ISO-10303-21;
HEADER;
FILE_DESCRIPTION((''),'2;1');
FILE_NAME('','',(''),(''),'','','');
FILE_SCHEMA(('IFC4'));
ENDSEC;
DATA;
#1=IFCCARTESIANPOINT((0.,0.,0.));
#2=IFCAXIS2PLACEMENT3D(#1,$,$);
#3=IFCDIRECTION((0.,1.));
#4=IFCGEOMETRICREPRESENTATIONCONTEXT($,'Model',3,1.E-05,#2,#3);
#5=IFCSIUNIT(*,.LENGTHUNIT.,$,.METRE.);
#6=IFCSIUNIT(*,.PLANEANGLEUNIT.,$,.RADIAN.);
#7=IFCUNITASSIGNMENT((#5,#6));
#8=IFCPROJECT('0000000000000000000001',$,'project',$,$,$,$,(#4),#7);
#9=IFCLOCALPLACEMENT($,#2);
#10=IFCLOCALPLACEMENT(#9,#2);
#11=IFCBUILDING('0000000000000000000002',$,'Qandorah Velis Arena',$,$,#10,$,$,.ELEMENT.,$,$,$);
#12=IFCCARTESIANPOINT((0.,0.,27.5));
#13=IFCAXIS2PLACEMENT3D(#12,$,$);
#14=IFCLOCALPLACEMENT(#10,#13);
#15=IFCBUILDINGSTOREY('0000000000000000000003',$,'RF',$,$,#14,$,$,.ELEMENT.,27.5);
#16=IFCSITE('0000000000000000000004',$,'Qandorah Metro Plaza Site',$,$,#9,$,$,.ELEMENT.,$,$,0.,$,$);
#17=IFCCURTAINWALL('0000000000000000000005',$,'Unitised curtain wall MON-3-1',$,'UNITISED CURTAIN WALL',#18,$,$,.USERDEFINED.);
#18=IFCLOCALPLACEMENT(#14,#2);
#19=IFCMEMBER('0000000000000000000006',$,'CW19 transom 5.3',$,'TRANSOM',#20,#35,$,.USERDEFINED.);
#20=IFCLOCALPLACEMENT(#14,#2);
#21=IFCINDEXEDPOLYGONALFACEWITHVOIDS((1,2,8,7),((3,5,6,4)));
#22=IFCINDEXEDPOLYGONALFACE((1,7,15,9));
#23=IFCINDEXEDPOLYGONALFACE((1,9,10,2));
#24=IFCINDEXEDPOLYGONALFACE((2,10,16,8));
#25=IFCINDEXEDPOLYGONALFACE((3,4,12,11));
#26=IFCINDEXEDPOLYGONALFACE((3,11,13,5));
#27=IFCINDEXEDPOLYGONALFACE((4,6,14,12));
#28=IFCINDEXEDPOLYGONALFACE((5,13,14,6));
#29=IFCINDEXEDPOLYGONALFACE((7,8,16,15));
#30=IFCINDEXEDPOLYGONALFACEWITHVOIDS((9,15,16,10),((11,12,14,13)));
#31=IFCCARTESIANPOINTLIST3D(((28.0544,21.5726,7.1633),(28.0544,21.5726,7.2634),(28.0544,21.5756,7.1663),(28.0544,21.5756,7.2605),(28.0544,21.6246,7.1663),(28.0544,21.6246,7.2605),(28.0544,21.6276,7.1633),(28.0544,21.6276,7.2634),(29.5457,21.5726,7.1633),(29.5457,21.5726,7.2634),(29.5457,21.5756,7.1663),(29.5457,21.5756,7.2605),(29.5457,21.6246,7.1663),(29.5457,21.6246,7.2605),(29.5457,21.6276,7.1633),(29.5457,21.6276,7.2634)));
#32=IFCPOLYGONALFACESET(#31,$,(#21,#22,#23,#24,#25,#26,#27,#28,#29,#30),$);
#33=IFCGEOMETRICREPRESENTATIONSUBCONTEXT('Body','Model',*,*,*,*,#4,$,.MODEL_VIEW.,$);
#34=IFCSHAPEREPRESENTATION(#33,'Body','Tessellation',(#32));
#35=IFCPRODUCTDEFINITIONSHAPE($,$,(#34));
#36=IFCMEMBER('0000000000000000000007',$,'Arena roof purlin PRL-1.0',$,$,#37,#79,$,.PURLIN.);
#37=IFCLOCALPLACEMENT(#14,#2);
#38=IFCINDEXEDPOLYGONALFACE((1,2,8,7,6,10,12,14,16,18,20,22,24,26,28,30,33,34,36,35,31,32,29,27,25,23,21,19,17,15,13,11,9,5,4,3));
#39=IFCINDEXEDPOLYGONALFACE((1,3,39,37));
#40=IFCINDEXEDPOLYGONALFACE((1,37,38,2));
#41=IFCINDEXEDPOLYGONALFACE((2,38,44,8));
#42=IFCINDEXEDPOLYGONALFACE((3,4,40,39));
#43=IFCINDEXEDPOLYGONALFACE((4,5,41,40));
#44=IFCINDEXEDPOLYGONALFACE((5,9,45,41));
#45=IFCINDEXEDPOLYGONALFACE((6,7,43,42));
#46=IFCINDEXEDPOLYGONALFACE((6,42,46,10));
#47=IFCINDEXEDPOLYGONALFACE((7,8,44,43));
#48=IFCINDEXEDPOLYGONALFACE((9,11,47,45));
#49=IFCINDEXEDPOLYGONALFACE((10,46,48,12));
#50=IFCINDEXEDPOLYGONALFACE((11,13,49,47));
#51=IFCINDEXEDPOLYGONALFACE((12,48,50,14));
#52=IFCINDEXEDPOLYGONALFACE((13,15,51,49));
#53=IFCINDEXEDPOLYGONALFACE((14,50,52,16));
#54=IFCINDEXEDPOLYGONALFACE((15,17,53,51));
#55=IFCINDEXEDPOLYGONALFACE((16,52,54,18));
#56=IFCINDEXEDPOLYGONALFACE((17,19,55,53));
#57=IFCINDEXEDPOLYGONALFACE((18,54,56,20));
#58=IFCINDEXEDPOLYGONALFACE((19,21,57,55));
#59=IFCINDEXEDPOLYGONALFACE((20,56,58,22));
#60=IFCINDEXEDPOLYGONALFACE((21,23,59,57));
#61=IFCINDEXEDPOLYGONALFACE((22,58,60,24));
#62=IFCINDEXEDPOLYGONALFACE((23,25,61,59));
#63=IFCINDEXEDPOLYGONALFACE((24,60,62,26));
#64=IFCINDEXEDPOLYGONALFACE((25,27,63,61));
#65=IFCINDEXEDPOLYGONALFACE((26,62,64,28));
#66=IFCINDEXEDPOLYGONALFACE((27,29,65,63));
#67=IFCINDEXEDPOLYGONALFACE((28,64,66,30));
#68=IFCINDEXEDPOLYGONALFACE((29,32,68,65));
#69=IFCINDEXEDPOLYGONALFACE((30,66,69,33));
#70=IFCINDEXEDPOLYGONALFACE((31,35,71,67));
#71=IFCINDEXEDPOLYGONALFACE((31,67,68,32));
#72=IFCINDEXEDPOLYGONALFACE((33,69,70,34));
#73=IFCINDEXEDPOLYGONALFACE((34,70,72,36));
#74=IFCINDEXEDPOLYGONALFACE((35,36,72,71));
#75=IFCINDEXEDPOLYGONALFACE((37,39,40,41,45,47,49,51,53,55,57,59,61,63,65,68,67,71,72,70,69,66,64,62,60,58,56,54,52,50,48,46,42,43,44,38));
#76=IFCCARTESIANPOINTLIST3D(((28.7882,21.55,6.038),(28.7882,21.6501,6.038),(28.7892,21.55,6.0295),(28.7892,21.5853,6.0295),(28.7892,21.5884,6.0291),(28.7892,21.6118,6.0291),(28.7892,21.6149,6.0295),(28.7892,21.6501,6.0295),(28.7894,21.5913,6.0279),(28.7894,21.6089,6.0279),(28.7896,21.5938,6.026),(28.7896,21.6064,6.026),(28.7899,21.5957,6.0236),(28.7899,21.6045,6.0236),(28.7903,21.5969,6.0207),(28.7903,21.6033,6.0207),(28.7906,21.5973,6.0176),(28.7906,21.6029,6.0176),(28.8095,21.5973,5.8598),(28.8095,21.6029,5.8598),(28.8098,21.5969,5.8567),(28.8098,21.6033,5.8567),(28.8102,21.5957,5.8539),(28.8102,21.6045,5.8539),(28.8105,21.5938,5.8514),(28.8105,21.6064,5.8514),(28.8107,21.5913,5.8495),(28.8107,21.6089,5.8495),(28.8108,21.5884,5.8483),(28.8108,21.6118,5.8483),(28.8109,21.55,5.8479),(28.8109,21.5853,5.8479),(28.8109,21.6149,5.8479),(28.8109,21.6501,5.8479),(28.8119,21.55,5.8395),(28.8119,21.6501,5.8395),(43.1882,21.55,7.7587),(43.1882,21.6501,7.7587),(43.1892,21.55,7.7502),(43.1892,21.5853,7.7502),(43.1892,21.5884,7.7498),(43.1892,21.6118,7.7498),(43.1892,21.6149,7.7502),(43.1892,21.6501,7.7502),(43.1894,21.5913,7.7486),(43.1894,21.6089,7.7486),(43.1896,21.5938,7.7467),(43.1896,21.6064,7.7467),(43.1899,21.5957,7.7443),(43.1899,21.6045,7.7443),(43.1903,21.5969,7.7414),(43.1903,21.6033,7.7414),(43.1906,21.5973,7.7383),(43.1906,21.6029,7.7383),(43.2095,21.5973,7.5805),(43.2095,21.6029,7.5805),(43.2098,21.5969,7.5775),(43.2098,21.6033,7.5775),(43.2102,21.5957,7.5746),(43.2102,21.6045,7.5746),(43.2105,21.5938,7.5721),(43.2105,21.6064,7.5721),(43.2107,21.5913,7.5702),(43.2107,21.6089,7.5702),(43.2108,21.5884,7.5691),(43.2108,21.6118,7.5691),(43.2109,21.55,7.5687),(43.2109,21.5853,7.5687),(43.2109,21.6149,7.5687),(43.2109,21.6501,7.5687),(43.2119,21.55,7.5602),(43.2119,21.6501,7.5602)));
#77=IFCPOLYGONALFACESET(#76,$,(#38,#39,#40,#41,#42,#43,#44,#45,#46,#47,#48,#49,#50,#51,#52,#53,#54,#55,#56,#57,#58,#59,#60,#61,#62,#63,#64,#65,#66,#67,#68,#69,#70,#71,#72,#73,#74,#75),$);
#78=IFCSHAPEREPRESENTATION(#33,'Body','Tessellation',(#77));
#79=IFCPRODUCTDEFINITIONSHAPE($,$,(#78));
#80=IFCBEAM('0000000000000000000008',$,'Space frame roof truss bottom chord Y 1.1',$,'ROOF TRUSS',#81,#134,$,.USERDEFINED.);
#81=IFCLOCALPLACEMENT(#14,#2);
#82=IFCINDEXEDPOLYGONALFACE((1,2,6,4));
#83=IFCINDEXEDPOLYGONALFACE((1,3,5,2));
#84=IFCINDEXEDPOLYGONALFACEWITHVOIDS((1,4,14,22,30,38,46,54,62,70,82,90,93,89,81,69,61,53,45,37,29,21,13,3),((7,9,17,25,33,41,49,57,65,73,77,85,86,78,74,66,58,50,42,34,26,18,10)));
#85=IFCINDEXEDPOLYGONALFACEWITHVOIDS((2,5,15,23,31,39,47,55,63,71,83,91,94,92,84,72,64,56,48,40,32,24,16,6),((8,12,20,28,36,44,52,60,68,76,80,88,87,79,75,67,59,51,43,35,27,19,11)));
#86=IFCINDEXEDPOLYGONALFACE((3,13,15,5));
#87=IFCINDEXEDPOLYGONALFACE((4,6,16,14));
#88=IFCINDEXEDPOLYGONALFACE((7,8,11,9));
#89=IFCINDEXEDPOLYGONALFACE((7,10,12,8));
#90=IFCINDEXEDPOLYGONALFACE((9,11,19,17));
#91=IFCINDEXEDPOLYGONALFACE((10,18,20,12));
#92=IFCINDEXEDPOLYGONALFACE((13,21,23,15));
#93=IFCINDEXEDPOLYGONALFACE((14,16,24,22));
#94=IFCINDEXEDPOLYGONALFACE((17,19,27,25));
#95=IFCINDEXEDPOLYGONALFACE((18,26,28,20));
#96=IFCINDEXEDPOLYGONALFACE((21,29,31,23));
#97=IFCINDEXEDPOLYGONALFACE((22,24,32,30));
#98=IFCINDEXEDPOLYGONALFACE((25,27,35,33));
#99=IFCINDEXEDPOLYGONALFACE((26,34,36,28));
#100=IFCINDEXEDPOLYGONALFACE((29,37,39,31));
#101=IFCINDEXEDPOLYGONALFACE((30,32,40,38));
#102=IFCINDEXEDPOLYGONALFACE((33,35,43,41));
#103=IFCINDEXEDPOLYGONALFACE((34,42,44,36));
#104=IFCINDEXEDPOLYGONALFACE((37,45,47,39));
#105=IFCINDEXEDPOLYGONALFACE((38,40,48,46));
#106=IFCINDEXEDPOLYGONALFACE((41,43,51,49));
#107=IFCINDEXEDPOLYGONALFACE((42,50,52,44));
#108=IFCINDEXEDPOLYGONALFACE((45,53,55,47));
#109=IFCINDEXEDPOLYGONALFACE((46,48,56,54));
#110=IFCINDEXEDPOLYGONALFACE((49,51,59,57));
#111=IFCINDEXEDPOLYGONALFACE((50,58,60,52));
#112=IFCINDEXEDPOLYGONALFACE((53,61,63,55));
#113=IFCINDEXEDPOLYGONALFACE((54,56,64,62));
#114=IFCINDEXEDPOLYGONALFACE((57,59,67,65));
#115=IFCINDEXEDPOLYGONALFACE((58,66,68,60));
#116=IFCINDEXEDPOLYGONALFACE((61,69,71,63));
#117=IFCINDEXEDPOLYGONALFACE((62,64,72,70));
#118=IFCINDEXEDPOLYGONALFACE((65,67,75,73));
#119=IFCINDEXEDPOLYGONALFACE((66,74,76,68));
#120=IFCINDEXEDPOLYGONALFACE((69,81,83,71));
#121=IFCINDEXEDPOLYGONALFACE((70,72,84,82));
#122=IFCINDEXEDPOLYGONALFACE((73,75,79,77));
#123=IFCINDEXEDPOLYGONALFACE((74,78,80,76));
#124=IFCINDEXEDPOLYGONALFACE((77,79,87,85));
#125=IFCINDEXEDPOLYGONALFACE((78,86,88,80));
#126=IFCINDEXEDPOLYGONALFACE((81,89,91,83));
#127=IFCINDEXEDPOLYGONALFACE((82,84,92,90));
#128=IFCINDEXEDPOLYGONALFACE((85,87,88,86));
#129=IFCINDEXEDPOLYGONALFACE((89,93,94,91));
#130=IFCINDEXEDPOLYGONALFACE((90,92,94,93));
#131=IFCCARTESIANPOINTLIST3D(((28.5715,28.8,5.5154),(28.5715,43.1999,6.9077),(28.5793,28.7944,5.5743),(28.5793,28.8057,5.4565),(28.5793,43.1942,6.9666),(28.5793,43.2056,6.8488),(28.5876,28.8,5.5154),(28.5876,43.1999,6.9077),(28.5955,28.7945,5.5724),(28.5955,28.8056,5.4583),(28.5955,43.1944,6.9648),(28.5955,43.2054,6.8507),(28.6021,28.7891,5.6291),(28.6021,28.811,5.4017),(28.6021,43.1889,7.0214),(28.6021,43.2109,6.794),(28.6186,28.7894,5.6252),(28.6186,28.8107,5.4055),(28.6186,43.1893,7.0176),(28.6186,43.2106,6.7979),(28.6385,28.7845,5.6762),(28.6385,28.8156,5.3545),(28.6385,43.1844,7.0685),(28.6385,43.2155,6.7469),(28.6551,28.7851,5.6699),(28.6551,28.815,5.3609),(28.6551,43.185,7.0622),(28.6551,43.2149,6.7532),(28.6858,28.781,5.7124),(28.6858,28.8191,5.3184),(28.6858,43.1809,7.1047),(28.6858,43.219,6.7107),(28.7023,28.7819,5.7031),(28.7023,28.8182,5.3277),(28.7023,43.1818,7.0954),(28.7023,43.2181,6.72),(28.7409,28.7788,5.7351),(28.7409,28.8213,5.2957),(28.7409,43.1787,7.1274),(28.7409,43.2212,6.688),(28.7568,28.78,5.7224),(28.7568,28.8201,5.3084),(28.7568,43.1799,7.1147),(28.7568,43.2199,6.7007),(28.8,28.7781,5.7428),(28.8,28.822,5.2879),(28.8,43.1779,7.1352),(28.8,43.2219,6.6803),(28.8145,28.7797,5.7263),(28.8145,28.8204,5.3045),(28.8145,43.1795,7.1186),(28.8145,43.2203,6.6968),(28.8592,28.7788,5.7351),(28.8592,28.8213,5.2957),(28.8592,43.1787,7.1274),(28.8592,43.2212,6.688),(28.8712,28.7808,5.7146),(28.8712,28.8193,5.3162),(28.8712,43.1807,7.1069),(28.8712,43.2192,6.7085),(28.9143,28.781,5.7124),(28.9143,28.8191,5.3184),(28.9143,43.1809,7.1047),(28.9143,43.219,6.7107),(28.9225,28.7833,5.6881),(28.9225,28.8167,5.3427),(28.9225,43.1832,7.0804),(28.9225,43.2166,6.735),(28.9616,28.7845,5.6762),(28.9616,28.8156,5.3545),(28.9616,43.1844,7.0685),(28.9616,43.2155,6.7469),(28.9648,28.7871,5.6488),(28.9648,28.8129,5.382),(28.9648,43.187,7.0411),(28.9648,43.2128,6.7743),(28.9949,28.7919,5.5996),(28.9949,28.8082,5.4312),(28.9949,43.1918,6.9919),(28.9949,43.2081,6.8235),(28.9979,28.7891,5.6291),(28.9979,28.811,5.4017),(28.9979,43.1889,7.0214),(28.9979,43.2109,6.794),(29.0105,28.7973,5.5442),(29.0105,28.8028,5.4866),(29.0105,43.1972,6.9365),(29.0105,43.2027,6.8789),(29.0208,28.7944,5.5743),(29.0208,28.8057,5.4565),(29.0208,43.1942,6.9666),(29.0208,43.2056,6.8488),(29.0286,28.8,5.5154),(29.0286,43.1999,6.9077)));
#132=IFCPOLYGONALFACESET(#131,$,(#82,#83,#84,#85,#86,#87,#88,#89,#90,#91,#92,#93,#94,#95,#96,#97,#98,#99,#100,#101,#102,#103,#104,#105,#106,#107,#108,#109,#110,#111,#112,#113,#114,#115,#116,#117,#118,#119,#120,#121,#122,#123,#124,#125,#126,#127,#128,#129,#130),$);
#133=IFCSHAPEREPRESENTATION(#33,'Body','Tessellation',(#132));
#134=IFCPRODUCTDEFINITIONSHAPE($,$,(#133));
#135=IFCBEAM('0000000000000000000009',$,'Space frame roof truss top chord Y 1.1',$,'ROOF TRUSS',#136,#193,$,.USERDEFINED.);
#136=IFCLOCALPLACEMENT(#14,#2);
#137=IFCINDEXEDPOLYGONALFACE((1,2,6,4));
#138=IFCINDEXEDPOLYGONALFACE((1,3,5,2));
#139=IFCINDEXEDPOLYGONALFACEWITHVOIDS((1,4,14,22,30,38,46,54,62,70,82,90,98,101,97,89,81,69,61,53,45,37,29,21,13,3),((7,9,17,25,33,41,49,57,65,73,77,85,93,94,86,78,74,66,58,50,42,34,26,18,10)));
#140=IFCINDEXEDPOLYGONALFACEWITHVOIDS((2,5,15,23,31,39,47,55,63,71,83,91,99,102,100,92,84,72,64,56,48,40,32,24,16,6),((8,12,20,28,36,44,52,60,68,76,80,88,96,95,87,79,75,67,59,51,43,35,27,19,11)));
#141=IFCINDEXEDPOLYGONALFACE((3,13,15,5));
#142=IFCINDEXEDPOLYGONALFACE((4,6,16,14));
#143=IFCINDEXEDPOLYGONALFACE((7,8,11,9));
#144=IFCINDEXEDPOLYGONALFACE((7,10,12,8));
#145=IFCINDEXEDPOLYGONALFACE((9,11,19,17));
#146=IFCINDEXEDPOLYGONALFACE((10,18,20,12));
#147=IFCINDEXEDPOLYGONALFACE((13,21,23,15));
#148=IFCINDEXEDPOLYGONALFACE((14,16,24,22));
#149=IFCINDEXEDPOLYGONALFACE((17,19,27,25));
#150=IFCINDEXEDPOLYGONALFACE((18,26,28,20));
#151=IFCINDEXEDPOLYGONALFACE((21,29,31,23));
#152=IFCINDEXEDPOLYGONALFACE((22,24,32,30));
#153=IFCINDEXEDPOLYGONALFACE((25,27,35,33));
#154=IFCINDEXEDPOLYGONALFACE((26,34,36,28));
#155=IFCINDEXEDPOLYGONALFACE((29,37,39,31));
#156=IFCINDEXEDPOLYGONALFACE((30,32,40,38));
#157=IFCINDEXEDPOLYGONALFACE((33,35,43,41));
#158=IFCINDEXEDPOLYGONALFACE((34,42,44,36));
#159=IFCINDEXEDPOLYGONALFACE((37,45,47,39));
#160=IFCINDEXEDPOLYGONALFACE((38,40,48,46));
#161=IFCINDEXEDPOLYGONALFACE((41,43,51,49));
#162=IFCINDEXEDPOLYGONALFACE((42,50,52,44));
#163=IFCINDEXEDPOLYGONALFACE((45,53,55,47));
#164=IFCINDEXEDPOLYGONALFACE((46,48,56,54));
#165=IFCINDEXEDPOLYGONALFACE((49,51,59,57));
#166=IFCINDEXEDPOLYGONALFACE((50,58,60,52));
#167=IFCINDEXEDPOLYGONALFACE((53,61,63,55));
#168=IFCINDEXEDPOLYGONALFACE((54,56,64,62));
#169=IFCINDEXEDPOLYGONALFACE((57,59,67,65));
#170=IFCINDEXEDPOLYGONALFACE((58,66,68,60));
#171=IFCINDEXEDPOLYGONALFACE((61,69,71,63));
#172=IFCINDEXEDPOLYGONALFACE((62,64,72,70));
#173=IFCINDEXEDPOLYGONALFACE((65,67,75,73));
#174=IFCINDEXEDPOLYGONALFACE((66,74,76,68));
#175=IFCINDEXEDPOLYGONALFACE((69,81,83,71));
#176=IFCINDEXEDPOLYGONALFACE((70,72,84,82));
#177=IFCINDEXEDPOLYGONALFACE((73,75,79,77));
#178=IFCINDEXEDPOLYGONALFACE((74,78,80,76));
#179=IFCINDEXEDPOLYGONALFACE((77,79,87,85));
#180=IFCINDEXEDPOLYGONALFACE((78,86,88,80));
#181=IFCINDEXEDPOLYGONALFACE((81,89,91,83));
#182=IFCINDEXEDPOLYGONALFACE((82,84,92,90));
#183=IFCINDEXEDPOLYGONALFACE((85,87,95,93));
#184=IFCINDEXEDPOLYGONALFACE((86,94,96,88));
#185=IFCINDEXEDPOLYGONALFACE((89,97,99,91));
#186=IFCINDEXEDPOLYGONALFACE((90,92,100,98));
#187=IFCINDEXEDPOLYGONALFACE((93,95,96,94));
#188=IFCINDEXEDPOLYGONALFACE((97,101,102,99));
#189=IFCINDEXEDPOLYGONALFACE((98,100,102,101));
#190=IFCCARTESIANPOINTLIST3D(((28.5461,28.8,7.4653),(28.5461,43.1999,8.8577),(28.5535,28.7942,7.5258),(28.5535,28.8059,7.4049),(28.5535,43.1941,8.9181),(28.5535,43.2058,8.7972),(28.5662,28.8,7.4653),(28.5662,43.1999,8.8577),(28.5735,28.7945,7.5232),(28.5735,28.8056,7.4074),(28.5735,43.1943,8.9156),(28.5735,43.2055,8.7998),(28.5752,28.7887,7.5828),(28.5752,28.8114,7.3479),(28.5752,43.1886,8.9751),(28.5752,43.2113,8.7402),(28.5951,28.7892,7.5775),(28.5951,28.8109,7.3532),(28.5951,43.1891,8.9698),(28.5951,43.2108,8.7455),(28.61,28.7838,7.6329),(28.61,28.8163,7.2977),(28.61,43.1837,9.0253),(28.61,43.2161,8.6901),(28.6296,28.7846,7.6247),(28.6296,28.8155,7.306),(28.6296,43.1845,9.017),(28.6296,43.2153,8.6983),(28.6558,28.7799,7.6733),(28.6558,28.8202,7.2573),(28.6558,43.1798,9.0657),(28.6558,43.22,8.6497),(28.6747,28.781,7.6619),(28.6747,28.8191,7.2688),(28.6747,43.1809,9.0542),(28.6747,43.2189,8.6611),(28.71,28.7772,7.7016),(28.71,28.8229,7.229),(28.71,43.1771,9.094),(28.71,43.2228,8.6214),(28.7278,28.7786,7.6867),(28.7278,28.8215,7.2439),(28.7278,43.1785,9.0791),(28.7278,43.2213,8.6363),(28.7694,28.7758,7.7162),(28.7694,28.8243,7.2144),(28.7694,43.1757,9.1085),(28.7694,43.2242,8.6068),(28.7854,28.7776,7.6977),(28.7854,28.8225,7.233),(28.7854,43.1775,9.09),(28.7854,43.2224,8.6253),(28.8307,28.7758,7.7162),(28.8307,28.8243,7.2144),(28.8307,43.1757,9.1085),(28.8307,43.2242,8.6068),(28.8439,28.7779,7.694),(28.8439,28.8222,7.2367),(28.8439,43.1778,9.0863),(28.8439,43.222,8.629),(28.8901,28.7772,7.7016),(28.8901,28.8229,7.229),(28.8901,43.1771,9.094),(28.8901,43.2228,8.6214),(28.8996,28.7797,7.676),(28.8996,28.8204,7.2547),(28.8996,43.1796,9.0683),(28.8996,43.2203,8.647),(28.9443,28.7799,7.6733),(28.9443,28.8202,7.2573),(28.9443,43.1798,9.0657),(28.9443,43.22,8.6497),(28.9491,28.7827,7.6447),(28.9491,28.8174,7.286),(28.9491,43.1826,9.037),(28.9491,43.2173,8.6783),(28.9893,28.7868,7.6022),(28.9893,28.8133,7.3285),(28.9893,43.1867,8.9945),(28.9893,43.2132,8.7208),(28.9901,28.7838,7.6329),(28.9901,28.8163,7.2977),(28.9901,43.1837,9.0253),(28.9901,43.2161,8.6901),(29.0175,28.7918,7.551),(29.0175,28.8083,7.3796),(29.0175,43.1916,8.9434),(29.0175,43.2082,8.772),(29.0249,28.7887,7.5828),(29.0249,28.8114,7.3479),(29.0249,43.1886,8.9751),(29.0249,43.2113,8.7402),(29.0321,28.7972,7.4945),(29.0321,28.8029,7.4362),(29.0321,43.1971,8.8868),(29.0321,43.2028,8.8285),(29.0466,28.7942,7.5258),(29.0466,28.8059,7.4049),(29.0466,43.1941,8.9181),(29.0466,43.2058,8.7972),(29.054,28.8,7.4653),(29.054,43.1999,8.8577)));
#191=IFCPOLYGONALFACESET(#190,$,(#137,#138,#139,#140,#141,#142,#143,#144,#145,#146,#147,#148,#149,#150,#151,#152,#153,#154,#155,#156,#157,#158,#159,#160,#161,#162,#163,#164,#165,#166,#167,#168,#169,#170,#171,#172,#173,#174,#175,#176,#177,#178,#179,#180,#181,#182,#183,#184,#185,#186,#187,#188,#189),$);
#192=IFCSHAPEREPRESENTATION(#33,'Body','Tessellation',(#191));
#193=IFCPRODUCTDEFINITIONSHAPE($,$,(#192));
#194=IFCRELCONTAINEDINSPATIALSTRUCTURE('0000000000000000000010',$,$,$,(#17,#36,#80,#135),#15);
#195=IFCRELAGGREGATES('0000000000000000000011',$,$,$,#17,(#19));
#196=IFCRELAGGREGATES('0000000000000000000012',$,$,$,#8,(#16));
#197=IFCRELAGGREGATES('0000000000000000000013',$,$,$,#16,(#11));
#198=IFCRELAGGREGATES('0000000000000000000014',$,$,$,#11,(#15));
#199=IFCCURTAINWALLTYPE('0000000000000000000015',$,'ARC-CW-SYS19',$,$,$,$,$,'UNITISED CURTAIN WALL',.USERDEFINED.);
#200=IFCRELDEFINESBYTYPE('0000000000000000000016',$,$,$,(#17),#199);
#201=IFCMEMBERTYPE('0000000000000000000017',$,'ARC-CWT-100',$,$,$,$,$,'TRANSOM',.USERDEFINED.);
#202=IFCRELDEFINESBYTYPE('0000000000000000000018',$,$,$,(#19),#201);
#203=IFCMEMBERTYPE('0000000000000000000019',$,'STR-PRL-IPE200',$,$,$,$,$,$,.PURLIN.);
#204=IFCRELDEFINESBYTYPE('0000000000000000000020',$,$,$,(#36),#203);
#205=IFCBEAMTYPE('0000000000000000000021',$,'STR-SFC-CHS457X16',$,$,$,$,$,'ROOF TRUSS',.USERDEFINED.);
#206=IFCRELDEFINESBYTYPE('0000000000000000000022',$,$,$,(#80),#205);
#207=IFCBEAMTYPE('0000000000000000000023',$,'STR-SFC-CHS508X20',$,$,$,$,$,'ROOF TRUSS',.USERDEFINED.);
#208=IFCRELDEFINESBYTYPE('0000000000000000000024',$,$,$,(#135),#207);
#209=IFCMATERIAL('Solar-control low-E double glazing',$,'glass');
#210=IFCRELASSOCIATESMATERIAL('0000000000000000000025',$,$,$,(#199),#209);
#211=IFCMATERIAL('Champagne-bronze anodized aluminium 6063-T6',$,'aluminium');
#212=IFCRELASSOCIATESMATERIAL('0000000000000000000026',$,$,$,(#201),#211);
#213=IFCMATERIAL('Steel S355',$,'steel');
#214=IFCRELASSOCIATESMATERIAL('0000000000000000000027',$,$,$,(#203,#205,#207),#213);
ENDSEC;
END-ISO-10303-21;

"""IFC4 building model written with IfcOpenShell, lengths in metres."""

from ifc_helpers import new_model, si_unit, direction, frame, origin, origin_2d, place, context, subcontext, project, spatial, hollow_rectangle, hollow_circle, i_section, extrude, material, material_profile, profile_set, type_object, element, aggregate, save


model = new_model("IFC4")

# Units and contexts
model_context = context("Model", 3, precision=1e-05, world=origin(), true_north=direction((0.0, 1.0)))
body_context = subcontext(model_context, "Body", "Model", "MODEL_VIEW")
ifc_project = project(units=[si_unit("LENGTHUNIT", "METRE"), si_unit("PLANEANGLEUNIT", "RADIAN")], contexts=[model_context])

# Site, building, storey
site_placement = place(None, origin())
site = spatial("IfcSite", under=ifc_project, at=site_placement, Name="Qandorah Metro Plaza Site", CompositionType="ELEMENT", RefElevation=0.0)
building_placement = place(site_placement, origin())
building = spatial("IfcBuilding", under=site, at=building_placement, Name="Qandorah Velis Arena", CompositionType="ELEMENT")
storey_placement = place(building_placement, frame((0.0, 0.0, 27.5)))
storey = spatial("IfcBuildingStorey", under=building, at=storey_placement, Name="RF", CompositionType="ELEMENT", Elevation=27.5)

# Curtain wall
ifc_material_1 = material(Name="Solar-control low-E double glazing", Category="glass")
ifc_material_2 = material(Name="Champagne-bronze anodized aluminium 6063-T6", Category="aluminium")
curtain_wall_type_1 = type_object("IfcCurtainWallType", Name="ARC-CW-SYS19", ElementType="UNITISED CURTAIN WALL", PredefinedType="USERDEFINED", material=ifc_material_1)
curtain_wall_1_placement = place(storey_placement, origin())
curtain_wall_1 = element("IfcCurtainWall", 1, at=curtain_wall_1_placement, inside=storey, type_object=curtain_wall_type_1, Name="Unitised curtain wall MON-3-1", ObjectType="UNITISED CURTAIN WALL", PredefinedType="USERDEFINED")

# Members
ifc_material_profile_1 = material_profile(ifc_material_2, hollow_rectangle(XDim=0.0549, YDim=0.1001, WallThickness=0.0029, at=origin_2d()), Name="ALU TRANSOM 55x100")
ifc_profile_set_1 = profile_set([ifc_material_profile_1], Name="Champagne-bronze anodized aluminium 6063-T6")
member_type_1 = type_object("IfcMemberType", Name="ARC-CWT-100", ElementType="TRANSOM", PredefinedType="USERDEFINED", material=ifc_profile_set_1)
member_1_placement = place(storey_placement, frame((28.0544, 21.6001, 7.2134), z_axis=(1.0, 0.0, 0.0), x_axis=(0.0, 1.0, 0.0)))
member_1 = element("IfcMember", 2, at=member_1_placement, type_object=member_type_1, Name="CW19 transom 5.3", ObjectType="TRANSOM", PredefinedType="USERDEFINED", context=body_context, shape_type="SweptSolid", body=[
    extrude(hollow_rectangle(XDim=0.0549, YDim=0.1001, WallThickness=0.0029, at=origin_2d()), origin(), (0.0, 0.0, 1.0), 1.4912),
])
ifc_material_3 = material(Name="Steel S355", Category="steel")
ifc_material_profile_2 = material_profile(ifc_material_3, i_section(OverallWidth=0.1001, OverallDepth=0.2, WebThickness=0.0056, FlangeThickness=0.0085, FilletRadius=0.012, at=origin_2d()), Name="IPE 200")
ifc_profile_set_2 = profile_set([ifc_material_profile_2], Name="Steel S355")
member_type_2 = type_object("IfcMemberType", Name="STR-PRL-IPE200", PredefinedType="PURLIN", material=ifc_profile_set_2)
member_2_placement = place(storey_placement, frame((28.8, 21.6001, 5.9387), z_axis=(0.992936, 0.0, 0.11865), x_axis=(0.0, 1.0, 0.0)))
element("IfcMember", 3, at=member_2_placement, inside=storey, type_object=member_type_2, Name="Arena roof purlin PRL-1.0", PredefinedType="PURLIN", context=body_context, shape_type="SweptSolid", body=[
    extrude(i_section(OverallWidth=0.1001, OverallDepth=0.2, WebThickness=0.0056, FlangeThickness=0.0085, FilletRadius=0.012, at=origin_2d()), origin(), (0.0, 0.0, 1.0), 14.5024),
])

# Beams
ifc_material_profile_3 = material_profile(ifc_material_3, hollow_circle(Radius=0.2285, WallThickness=0.0161, at=origin_2d()), Name="CHS 457x16")
ifc_profile_set_3 = profile_set([ifc_material_profile_3], Name="Steel S355")
beam_type_1 = type_object("IfcBeamType", Name="STR-SFC-CHS457X16", ElementType="ROOF TRUSS", PredefinedType="USERDEFINED", material=ifc_profile_set_3)
beam_1_placement = place(storey_placement, frame((28.8, 28.8, 5.5154), z_axis=(0.0, 0.995358, 0.096242), x_axis=(-1.0, 0.0, 0.0)))
element("IfcBeam", 4, at=beam_1_placement, inside=storey, type_object=beam_type_1, Name="Space frame roof truss bottom chord Y 1.1", ObjectType="ROOF TRUSS", PredefinedType="USERDEFINED", context=body_context, shape_type="SweptSolid", body=[
    extrude(hollow_circle(Radius=0.2285, WallThickness=0.0161, at=origin_2d()), origin(), (0.0, 0.0, 1.0), 14.467),
])
ifc_material_profile_4 = material_profile(ifc_material_3, hollow_circle(Radius=0.2539, WallThickness=0.02, at=origin_2d()), Name="CHS 508x20")
ifc_profile_set_4 = profile_set([ifc_material_profile_4], Name="Steel S355")
beam_type_2 = type_object("IfcBeamType", Name="STR-SFC-CHS508X20", ElementType="ROOF TRUSS", PredefinedType="USERDEFINED", material=ifc_profile_set_4)
beam_2_placement = place(storey_placement, frame((28.8, 28.8, 7.4653), z_axis=(0.0, 0.995358, 0.096242), x_axis=(-1.0, 0.0, 0.0)))
element("IfcBeam", 5, at=beam_2_placement, inside=storey, type_object=beam_type_2, Name="Space frame roof truss top chord Y 1.1", ObjectType="ROOF TRUSS", PredefinedType="USERDEFINED", context=body_context, shape_type="SweptSolid", body=[
    extrude(hollow_circle(Radius=0.2539, WallThickness=0.02, at=origin_2d()), origin(), (0.0, 0.0, 1.0), 14.467),
])

aggregate(curtain_wall_1, [member_1])

save(model, "model.ifc")
